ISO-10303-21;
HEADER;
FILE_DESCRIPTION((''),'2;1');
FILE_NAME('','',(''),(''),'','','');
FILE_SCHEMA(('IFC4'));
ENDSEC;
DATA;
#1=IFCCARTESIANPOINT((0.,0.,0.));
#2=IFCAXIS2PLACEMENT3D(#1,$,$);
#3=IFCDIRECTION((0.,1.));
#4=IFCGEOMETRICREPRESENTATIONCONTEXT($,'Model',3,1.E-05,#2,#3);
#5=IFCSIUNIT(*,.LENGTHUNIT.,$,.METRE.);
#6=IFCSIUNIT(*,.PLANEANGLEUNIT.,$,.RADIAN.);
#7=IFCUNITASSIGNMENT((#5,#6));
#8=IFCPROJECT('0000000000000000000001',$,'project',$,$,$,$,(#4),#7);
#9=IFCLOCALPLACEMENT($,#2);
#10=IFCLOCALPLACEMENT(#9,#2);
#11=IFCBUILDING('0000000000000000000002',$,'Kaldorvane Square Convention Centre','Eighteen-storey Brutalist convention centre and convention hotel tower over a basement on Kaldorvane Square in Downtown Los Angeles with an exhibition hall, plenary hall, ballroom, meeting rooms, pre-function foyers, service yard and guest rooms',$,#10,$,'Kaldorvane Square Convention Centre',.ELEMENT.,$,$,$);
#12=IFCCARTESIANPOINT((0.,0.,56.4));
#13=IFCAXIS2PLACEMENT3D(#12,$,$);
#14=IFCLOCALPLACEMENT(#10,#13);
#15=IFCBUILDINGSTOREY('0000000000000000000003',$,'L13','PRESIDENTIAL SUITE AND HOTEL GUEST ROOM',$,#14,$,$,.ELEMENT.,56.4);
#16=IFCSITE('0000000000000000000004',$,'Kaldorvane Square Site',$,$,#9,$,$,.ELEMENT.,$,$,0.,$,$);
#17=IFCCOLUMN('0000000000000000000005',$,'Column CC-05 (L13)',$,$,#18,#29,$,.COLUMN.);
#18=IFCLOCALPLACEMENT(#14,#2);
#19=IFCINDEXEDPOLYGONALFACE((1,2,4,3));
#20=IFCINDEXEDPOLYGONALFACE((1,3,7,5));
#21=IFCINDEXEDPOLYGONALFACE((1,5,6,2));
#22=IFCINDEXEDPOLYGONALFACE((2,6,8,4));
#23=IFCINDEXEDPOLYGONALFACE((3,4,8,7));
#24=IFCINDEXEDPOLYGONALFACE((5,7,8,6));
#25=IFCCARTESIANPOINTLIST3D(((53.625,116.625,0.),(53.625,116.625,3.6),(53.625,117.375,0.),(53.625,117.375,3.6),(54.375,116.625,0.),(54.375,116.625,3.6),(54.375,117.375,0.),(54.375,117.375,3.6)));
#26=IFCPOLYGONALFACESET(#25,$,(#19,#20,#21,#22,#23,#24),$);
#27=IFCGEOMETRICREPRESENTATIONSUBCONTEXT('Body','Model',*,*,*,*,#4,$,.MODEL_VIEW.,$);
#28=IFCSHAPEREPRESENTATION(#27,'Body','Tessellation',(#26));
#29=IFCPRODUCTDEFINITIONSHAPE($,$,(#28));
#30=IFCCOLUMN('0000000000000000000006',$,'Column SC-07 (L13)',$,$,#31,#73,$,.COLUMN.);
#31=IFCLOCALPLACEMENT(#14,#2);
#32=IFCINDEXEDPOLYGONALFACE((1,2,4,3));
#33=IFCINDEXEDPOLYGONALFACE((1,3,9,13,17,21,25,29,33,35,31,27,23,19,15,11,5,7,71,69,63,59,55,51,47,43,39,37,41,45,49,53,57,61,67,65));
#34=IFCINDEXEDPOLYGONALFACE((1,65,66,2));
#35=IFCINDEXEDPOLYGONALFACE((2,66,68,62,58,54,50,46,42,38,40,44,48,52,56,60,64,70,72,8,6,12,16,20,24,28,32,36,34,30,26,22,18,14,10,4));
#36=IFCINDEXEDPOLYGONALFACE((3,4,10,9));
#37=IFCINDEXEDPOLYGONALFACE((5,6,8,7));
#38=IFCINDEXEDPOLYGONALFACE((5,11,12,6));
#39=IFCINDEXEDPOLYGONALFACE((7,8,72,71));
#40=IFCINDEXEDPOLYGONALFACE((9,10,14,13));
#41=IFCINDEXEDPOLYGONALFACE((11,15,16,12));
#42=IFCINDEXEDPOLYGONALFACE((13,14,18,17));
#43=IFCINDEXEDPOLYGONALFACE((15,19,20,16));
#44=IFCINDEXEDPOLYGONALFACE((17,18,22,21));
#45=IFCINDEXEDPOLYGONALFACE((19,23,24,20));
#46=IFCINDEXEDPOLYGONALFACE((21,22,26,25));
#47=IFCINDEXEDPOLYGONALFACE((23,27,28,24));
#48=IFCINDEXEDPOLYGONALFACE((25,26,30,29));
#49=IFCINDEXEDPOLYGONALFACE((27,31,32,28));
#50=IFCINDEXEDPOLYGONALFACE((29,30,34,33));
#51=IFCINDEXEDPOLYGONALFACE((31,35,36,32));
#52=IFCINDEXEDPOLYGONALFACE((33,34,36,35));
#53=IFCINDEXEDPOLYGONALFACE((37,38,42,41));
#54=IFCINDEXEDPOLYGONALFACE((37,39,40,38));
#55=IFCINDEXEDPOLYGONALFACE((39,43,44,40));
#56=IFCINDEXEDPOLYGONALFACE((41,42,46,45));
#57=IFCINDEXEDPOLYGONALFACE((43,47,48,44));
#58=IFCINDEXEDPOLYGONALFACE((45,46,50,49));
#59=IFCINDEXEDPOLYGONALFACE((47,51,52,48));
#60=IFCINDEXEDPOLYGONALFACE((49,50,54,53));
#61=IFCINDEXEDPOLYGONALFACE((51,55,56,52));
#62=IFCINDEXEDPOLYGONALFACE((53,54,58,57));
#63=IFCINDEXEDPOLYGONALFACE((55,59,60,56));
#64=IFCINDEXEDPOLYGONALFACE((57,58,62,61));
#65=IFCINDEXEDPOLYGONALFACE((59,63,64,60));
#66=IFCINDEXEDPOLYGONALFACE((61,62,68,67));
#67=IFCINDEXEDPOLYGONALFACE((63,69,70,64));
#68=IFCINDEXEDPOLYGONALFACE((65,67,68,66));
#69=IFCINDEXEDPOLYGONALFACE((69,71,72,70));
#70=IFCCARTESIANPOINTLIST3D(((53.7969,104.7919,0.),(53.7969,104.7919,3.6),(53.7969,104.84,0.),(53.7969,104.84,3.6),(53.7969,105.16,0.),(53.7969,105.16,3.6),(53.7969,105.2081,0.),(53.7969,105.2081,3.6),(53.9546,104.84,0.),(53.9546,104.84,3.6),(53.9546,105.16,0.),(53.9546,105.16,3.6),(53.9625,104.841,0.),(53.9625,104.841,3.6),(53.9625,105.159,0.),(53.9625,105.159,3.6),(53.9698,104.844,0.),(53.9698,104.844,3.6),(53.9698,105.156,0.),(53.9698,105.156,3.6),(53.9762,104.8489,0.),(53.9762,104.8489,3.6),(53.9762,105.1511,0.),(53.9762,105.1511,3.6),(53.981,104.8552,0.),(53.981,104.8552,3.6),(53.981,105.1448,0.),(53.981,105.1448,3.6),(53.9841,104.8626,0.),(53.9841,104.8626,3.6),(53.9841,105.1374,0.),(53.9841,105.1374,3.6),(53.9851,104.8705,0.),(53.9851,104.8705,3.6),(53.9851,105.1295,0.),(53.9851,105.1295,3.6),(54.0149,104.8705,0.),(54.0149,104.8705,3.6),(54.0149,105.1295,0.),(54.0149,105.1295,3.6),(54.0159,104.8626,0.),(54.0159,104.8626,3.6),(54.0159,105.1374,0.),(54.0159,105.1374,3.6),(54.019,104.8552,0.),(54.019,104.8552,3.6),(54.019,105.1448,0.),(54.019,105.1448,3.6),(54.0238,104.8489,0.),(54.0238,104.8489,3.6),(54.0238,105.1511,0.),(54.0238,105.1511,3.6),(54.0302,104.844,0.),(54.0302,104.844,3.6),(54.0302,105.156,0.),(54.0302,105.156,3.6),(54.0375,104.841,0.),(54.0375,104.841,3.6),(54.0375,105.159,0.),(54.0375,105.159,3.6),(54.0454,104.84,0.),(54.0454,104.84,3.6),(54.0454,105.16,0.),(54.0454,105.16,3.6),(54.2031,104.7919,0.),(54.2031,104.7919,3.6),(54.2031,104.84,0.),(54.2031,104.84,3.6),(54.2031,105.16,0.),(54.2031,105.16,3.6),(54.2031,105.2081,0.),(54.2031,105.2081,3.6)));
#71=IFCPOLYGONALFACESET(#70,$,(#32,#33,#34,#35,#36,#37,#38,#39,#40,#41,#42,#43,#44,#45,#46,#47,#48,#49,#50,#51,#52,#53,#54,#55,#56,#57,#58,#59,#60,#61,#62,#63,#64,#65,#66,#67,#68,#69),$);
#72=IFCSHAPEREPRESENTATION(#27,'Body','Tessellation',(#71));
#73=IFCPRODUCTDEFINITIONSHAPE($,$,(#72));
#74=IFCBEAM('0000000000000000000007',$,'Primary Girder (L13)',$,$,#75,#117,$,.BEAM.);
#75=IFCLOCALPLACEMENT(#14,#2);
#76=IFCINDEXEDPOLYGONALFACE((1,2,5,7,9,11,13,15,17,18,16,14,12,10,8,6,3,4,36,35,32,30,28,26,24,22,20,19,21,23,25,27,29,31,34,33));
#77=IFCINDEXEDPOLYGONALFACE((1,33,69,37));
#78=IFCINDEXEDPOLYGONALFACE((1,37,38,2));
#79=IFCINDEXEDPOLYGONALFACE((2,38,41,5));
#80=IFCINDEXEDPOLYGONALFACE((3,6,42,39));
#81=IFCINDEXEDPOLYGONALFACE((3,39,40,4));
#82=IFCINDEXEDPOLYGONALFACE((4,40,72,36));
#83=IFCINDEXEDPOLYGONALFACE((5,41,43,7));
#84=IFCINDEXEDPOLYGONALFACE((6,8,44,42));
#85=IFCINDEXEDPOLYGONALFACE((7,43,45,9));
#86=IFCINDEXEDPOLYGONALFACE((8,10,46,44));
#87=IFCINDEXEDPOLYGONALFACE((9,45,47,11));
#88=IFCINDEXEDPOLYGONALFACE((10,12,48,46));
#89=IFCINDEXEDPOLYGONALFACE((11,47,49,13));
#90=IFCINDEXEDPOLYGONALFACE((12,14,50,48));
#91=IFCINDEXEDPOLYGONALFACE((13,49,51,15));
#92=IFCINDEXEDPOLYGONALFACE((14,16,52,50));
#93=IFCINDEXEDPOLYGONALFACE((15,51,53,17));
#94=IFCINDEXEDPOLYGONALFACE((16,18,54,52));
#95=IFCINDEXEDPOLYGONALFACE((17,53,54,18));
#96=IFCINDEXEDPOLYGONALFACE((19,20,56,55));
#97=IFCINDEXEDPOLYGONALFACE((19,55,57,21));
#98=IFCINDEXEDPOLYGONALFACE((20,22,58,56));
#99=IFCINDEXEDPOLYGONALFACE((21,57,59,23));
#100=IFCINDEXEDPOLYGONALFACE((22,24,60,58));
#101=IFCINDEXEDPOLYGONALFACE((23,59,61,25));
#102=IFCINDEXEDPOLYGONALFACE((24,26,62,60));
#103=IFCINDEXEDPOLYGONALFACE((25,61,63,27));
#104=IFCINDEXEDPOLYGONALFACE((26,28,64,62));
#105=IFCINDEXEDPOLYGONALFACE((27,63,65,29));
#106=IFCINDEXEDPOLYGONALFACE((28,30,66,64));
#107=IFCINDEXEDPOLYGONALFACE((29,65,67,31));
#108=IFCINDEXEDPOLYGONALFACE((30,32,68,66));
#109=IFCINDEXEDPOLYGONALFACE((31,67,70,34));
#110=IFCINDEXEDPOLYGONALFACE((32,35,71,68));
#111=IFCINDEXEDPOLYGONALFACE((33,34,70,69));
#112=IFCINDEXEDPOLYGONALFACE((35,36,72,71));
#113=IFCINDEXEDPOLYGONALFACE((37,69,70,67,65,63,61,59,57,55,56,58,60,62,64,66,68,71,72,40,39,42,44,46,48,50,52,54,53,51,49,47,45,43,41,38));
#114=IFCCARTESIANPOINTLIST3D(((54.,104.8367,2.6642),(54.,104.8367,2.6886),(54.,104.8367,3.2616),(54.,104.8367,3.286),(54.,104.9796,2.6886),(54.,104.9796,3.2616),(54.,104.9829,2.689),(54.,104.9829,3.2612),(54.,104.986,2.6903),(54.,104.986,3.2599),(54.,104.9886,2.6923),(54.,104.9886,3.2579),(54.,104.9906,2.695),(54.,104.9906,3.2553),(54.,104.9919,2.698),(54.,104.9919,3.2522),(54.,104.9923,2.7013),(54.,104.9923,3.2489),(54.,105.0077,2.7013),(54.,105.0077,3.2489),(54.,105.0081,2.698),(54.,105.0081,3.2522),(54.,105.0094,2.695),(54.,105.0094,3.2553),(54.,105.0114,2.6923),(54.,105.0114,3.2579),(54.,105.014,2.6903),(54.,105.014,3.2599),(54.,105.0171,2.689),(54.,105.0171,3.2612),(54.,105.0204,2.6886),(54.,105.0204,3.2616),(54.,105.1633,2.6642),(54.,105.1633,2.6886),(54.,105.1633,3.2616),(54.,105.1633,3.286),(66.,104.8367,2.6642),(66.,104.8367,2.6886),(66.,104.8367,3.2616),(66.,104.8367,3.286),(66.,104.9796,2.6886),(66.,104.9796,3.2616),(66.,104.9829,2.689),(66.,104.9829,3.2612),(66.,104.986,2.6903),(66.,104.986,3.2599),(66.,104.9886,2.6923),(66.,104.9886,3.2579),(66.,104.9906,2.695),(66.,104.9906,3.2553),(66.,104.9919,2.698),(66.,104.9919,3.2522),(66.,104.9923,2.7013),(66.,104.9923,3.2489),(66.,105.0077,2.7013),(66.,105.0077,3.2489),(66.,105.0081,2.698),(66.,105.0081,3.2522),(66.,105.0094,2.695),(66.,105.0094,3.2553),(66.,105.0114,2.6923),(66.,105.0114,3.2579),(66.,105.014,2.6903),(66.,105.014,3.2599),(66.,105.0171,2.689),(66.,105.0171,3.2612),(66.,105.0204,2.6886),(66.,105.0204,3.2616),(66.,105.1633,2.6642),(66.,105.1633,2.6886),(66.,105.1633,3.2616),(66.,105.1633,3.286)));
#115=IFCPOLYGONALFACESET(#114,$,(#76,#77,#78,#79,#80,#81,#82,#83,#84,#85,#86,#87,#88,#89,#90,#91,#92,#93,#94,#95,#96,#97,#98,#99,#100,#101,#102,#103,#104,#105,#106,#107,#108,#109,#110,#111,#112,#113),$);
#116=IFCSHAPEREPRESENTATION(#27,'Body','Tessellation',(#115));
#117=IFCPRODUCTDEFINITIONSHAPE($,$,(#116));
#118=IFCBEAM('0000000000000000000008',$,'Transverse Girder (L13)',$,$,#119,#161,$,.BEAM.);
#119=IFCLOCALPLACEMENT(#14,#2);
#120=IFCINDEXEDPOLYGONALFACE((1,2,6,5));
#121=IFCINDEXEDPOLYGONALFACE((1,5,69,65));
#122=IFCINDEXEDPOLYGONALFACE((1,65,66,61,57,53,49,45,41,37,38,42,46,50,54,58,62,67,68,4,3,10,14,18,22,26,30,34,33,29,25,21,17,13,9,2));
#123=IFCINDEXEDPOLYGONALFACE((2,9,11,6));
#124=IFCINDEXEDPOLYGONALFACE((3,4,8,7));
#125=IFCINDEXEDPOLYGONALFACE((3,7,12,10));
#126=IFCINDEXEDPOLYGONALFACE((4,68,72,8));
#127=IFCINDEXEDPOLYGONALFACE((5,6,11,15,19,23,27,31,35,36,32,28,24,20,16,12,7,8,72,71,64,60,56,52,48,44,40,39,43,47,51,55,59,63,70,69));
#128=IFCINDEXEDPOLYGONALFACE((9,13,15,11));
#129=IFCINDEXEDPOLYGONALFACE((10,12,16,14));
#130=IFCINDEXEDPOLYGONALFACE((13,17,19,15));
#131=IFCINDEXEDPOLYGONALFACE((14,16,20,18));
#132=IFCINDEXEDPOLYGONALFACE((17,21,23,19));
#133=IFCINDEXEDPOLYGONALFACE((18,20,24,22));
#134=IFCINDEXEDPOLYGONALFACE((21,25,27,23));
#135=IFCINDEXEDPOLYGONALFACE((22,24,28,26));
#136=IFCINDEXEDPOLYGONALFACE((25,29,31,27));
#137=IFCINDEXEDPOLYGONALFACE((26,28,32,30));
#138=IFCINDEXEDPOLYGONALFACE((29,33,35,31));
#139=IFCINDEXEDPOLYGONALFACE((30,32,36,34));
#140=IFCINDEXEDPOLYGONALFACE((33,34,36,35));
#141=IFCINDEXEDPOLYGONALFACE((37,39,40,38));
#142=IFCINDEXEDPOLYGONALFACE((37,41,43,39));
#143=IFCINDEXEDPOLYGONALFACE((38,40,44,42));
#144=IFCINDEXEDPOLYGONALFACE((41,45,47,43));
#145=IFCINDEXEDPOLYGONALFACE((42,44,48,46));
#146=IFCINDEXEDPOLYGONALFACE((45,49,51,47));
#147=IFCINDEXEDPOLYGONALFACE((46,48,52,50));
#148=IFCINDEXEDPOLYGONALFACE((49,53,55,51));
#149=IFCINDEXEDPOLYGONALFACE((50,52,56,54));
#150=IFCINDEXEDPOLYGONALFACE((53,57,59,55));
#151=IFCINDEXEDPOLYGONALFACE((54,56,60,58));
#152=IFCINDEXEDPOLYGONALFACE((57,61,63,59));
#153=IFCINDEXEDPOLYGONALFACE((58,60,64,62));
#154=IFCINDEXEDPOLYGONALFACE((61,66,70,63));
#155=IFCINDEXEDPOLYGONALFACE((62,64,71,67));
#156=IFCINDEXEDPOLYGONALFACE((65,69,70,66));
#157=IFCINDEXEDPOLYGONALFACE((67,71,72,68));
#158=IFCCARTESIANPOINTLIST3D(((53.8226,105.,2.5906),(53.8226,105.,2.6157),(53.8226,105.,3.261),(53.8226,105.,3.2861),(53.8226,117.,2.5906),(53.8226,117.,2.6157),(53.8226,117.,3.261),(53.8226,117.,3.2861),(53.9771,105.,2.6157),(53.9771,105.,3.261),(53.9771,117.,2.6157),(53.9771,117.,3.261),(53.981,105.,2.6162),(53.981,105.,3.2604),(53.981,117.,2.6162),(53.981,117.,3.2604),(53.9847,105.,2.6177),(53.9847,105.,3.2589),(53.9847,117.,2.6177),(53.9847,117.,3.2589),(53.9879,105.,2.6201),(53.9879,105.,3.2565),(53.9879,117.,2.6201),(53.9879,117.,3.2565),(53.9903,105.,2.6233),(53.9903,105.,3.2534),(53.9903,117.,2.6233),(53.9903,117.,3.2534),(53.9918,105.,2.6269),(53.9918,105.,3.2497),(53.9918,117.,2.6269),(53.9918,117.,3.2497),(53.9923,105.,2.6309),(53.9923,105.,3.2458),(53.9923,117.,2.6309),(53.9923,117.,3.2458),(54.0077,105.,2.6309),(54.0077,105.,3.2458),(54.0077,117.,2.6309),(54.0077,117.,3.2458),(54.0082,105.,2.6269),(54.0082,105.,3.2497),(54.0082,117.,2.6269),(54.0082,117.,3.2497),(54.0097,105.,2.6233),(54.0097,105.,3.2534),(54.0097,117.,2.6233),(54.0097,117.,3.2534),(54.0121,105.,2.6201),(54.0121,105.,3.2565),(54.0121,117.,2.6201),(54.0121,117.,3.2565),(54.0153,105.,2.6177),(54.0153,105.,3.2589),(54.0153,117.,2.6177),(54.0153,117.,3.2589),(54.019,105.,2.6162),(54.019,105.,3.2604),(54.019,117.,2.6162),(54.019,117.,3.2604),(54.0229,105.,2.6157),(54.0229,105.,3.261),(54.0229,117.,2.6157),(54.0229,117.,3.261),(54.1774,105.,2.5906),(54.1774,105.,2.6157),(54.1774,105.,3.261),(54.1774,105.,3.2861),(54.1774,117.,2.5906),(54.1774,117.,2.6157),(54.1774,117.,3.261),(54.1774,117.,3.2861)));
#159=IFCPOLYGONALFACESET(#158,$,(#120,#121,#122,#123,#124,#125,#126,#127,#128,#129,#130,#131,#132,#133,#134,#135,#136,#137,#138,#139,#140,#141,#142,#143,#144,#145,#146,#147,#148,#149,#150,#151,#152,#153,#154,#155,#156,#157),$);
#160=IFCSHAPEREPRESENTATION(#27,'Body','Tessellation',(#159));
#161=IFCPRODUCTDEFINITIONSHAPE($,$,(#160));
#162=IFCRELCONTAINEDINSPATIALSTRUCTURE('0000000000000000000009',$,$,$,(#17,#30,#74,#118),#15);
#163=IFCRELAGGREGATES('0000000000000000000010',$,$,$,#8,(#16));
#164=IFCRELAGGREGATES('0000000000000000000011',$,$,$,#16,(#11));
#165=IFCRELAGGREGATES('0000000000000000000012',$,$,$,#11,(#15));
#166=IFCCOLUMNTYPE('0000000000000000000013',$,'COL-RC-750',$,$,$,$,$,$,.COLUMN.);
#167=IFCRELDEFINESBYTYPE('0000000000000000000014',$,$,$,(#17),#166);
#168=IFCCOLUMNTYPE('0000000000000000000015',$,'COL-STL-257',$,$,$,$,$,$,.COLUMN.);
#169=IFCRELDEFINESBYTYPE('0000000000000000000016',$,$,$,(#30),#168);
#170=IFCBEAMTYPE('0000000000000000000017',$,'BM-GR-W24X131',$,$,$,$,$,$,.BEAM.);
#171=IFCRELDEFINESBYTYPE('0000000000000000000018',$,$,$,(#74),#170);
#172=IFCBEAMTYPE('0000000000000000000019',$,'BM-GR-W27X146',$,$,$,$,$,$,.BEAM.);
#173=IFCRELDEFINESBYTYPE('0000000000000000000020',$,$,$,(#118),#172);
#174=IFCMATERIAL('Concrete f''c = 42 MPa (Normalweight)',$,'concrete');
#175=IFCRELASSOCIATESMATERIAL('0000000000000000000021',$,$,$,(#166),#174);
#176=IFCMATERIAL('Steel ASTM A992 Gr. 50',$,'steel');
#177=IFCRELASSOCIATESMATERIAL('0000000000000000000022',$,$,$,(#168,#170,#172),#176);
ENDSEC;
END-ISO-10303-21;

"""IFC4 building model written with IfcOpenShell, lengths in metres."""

from ifc_helpers import new_model, si_unit, direction, frame, origin, origin_2d, place, context, subcontext, project, spatial, rectangle, i_section, extrude, material, material_profile, profile_set, type_object, element, save


model = new_model("IFC4")

# Units and contexts
model_context = context("Model", 3, precision=1e-05, world=origin(), true_north=direction((0.0, 1.0)))
body_context = subcontext(model_context, "Body", "Model", "MODEL_VIEW")
ifc_project = project(units=[si_unit("LENGTHUNIT", "METRE"), si_unit("PLANEANGLEUNIT", "RADIAN")], contexts=[model_context])

# Site, building, storey
site_placement = place(None, origin())
site = spatial("IfcSite", under=ifc_project, at=site_placement, Name="Kaldorvane Square Site", CompositionType="ELEMENT", RefElevation=0.0)
building_placement = place(site_placement, origin())
building = spatial("IfcBuilding", under=site, at=building_placement, Name="Kaldorvane Square Convention Centre", Description="Eighteen-storey Brutalist convention centre and convention hotel tower over a basement on Kaldorvane Square in Downtown Los Angeles with an exhibition hall, plenary hall, ballroom, meeting rooms, pre-function foyers, service yard and guest rooms", LongName="Kaldorvane Square Convention Centre", CompositionType="ELEMENT")
storey_placement = place(building_placement, frame((0.0, 0.0, 56.4)))
storey = spatial("IfcBuildingStorey", under=building, at=storey_placement, Name="L13", Description="PRESIDENTIAL SUITE AND HOTEL GUEST ROOM", CompositionType="ELEMENT", Elevation=56.4)

# Columns
ifc_material_1 = material(Name="Concrete f'c = 42 MPa (Normalweight)", Category="concrete")
ifc_material_profile_1 = material_profile(ifc_material_1, rectangle(XDim=0.75, YDim=0.75, at=origin_2d()), Name="RC750X750")
ifc_profile_set_1 = profile_set([ifc_material_profile_1], Name="Concrete f'c = 42 MPa (Normalweight)")
column_type_1 = type_object("IfcColumnType", Name="COL-RC-750", PredefinedType="COLUMN", material=ifc_profile_set_1)
column_1_placement = place(storey_placement, frame((54.0, 117.0, 0.0), z_axis=(0.0, 0.0, 1.0), x_axis=(1.0, 0.0, 0.0)))
element("IfcColumn", 1, at=column_1_placement, inside=storey, type_object=column_type_1, Name="Column CC-05 (L13)", PredefinedType="COLUMN", context=body_context, shape_type="SweptSolid", body=[
    extrude(rectangle(XDim=0.75, YDim=0.75, at=origin_2d()), origin(), (0.0, 0.0, 1.0), 3.6),
])
ifc_material_2 = material(Name="Steel ASTM A992 Gr. 50", Category="steel")
ifc_material_profile_2 = material_profile(ifc_material_2, i_section(OverallWidth=0.4063, OverallDepth=0.4161, WebThickness=0.0298, FlangeThickness=0.048, FilletRadius=0.0305, at=origin_2d()), Name="W14X257")
ifc_profile_set_2 = profile_set([ifc_material_profile_2], Name="Steel ASTM A992 Gr. 50")
column_type_2 = type_object("IfcColumnType", Name="COL-STL-257", PredefinedType="COLUMN", material=ifc_profile_set_2)
column_2_placement = place(storey_placement, frame((54.0, 105.0, 0.0), z_axis=(0.0, 0.0, 1.0), x_axis=(1.0, 0.0, 0.0)))
element("IfcColumn", 2, at=column_2_placement, inside=storey, type_object=column_type_2, Name="Column SC-07 (L13)", PredefinedType="COLUMN", context=body_context, shape_type="SweptSolid", body=[
    extrude(i_section(OverallWidth=0.4063, OverallDepth=0.4161, WebThickness=0.0298, FlangeThickness=0.048, FilletRadius=0.0305, at=origin_2d()), origin(), (0.0, 0.0, 1.0), 3.6),
])

# Beams
ifc_material_profile_3 = material_profile(ifc_material_2, i_section(OverallWidth=0.3265, OverallDepth=0.6218, WebThickness=0.0154, FlangeThickness=0.0244, FilletRadius=0.0127, at=origin_2d()), Name="W24X131")
ifc_profile_set_3 = profile_set([ifc_material_profile_3], Name="Steel ASTM A992 Gr. 50")
beam_type_1 = type_object("IfcBeamType", Name="BM-GR-W24X131", PredefinedType="BEAM", material=ifc_profile_set_3)
beam_1_placement = place(storey_placement, frame((54.0, 105.0, 2.9751), z_axis=(1.0, 0.0, 0.0), x_axis=(0.0, 1.0, 0.0)))
element("IfcBeam", 3, at=beam_1_placement, inside=storey, type_object=beam_type_1, Name="Primary Girder (L13)", PredefinedType="BEAM", context=body_context, shape_type="SweptSolid", body=[
    extrude(i_section(OverallWidth=0.3265, OverallDepth=0.6218, WebThickness=0.0154, FlangeThickness=0.0244, FilletRadius=0.0127, at=origin_2d()), origin(), (0.0, 0.0, 1.0), 12.0),
])
ifc_material_profile_4 = material_profile(ifc_material_2, i_section(OverallWidth=0.3547, OverallDepth=0.6955, WebThickness=0.0154, FlangeThickness=0.0251, FilletRadius=0.0152, at=origin_2d()), Name="W27X146")
ifc_profile_set_4 = profile_set([ifc_material_profile_4], Name="Steel ASTM A992 Gr. 50")
beam_type_2 = type_object("IfcBeamType", Name="BM-GR-W27X146", PredefinedType="BEAM", material=ifc_profile_set_4)
beam_2_placement = place(storey_placement, frame((54.0, 105.0, 2.9383), z_axis=(0.0, 1.0, 0.0), x_axis=(-1.0, 0.0, 0.0)))
element("IfcBeam", 4, at=beam_2_placement, inside=storey, type_object=beam_type_2, Name="Transverse Girder (L13)", PredefinedType="BEAM", context=body_context, shape_type="SweptSolid", body=[
    extrude(i_section(OverallWidth=0.3547, OverallDepth=0.6955, WebThickness=0.0154, FlangeThickness=0.0251, FilletRadius=0.0152, at=origin_2d()), origin(), (0.0, 0.0, 1.0), 12.0),
])

save(model, "model.ifc")
